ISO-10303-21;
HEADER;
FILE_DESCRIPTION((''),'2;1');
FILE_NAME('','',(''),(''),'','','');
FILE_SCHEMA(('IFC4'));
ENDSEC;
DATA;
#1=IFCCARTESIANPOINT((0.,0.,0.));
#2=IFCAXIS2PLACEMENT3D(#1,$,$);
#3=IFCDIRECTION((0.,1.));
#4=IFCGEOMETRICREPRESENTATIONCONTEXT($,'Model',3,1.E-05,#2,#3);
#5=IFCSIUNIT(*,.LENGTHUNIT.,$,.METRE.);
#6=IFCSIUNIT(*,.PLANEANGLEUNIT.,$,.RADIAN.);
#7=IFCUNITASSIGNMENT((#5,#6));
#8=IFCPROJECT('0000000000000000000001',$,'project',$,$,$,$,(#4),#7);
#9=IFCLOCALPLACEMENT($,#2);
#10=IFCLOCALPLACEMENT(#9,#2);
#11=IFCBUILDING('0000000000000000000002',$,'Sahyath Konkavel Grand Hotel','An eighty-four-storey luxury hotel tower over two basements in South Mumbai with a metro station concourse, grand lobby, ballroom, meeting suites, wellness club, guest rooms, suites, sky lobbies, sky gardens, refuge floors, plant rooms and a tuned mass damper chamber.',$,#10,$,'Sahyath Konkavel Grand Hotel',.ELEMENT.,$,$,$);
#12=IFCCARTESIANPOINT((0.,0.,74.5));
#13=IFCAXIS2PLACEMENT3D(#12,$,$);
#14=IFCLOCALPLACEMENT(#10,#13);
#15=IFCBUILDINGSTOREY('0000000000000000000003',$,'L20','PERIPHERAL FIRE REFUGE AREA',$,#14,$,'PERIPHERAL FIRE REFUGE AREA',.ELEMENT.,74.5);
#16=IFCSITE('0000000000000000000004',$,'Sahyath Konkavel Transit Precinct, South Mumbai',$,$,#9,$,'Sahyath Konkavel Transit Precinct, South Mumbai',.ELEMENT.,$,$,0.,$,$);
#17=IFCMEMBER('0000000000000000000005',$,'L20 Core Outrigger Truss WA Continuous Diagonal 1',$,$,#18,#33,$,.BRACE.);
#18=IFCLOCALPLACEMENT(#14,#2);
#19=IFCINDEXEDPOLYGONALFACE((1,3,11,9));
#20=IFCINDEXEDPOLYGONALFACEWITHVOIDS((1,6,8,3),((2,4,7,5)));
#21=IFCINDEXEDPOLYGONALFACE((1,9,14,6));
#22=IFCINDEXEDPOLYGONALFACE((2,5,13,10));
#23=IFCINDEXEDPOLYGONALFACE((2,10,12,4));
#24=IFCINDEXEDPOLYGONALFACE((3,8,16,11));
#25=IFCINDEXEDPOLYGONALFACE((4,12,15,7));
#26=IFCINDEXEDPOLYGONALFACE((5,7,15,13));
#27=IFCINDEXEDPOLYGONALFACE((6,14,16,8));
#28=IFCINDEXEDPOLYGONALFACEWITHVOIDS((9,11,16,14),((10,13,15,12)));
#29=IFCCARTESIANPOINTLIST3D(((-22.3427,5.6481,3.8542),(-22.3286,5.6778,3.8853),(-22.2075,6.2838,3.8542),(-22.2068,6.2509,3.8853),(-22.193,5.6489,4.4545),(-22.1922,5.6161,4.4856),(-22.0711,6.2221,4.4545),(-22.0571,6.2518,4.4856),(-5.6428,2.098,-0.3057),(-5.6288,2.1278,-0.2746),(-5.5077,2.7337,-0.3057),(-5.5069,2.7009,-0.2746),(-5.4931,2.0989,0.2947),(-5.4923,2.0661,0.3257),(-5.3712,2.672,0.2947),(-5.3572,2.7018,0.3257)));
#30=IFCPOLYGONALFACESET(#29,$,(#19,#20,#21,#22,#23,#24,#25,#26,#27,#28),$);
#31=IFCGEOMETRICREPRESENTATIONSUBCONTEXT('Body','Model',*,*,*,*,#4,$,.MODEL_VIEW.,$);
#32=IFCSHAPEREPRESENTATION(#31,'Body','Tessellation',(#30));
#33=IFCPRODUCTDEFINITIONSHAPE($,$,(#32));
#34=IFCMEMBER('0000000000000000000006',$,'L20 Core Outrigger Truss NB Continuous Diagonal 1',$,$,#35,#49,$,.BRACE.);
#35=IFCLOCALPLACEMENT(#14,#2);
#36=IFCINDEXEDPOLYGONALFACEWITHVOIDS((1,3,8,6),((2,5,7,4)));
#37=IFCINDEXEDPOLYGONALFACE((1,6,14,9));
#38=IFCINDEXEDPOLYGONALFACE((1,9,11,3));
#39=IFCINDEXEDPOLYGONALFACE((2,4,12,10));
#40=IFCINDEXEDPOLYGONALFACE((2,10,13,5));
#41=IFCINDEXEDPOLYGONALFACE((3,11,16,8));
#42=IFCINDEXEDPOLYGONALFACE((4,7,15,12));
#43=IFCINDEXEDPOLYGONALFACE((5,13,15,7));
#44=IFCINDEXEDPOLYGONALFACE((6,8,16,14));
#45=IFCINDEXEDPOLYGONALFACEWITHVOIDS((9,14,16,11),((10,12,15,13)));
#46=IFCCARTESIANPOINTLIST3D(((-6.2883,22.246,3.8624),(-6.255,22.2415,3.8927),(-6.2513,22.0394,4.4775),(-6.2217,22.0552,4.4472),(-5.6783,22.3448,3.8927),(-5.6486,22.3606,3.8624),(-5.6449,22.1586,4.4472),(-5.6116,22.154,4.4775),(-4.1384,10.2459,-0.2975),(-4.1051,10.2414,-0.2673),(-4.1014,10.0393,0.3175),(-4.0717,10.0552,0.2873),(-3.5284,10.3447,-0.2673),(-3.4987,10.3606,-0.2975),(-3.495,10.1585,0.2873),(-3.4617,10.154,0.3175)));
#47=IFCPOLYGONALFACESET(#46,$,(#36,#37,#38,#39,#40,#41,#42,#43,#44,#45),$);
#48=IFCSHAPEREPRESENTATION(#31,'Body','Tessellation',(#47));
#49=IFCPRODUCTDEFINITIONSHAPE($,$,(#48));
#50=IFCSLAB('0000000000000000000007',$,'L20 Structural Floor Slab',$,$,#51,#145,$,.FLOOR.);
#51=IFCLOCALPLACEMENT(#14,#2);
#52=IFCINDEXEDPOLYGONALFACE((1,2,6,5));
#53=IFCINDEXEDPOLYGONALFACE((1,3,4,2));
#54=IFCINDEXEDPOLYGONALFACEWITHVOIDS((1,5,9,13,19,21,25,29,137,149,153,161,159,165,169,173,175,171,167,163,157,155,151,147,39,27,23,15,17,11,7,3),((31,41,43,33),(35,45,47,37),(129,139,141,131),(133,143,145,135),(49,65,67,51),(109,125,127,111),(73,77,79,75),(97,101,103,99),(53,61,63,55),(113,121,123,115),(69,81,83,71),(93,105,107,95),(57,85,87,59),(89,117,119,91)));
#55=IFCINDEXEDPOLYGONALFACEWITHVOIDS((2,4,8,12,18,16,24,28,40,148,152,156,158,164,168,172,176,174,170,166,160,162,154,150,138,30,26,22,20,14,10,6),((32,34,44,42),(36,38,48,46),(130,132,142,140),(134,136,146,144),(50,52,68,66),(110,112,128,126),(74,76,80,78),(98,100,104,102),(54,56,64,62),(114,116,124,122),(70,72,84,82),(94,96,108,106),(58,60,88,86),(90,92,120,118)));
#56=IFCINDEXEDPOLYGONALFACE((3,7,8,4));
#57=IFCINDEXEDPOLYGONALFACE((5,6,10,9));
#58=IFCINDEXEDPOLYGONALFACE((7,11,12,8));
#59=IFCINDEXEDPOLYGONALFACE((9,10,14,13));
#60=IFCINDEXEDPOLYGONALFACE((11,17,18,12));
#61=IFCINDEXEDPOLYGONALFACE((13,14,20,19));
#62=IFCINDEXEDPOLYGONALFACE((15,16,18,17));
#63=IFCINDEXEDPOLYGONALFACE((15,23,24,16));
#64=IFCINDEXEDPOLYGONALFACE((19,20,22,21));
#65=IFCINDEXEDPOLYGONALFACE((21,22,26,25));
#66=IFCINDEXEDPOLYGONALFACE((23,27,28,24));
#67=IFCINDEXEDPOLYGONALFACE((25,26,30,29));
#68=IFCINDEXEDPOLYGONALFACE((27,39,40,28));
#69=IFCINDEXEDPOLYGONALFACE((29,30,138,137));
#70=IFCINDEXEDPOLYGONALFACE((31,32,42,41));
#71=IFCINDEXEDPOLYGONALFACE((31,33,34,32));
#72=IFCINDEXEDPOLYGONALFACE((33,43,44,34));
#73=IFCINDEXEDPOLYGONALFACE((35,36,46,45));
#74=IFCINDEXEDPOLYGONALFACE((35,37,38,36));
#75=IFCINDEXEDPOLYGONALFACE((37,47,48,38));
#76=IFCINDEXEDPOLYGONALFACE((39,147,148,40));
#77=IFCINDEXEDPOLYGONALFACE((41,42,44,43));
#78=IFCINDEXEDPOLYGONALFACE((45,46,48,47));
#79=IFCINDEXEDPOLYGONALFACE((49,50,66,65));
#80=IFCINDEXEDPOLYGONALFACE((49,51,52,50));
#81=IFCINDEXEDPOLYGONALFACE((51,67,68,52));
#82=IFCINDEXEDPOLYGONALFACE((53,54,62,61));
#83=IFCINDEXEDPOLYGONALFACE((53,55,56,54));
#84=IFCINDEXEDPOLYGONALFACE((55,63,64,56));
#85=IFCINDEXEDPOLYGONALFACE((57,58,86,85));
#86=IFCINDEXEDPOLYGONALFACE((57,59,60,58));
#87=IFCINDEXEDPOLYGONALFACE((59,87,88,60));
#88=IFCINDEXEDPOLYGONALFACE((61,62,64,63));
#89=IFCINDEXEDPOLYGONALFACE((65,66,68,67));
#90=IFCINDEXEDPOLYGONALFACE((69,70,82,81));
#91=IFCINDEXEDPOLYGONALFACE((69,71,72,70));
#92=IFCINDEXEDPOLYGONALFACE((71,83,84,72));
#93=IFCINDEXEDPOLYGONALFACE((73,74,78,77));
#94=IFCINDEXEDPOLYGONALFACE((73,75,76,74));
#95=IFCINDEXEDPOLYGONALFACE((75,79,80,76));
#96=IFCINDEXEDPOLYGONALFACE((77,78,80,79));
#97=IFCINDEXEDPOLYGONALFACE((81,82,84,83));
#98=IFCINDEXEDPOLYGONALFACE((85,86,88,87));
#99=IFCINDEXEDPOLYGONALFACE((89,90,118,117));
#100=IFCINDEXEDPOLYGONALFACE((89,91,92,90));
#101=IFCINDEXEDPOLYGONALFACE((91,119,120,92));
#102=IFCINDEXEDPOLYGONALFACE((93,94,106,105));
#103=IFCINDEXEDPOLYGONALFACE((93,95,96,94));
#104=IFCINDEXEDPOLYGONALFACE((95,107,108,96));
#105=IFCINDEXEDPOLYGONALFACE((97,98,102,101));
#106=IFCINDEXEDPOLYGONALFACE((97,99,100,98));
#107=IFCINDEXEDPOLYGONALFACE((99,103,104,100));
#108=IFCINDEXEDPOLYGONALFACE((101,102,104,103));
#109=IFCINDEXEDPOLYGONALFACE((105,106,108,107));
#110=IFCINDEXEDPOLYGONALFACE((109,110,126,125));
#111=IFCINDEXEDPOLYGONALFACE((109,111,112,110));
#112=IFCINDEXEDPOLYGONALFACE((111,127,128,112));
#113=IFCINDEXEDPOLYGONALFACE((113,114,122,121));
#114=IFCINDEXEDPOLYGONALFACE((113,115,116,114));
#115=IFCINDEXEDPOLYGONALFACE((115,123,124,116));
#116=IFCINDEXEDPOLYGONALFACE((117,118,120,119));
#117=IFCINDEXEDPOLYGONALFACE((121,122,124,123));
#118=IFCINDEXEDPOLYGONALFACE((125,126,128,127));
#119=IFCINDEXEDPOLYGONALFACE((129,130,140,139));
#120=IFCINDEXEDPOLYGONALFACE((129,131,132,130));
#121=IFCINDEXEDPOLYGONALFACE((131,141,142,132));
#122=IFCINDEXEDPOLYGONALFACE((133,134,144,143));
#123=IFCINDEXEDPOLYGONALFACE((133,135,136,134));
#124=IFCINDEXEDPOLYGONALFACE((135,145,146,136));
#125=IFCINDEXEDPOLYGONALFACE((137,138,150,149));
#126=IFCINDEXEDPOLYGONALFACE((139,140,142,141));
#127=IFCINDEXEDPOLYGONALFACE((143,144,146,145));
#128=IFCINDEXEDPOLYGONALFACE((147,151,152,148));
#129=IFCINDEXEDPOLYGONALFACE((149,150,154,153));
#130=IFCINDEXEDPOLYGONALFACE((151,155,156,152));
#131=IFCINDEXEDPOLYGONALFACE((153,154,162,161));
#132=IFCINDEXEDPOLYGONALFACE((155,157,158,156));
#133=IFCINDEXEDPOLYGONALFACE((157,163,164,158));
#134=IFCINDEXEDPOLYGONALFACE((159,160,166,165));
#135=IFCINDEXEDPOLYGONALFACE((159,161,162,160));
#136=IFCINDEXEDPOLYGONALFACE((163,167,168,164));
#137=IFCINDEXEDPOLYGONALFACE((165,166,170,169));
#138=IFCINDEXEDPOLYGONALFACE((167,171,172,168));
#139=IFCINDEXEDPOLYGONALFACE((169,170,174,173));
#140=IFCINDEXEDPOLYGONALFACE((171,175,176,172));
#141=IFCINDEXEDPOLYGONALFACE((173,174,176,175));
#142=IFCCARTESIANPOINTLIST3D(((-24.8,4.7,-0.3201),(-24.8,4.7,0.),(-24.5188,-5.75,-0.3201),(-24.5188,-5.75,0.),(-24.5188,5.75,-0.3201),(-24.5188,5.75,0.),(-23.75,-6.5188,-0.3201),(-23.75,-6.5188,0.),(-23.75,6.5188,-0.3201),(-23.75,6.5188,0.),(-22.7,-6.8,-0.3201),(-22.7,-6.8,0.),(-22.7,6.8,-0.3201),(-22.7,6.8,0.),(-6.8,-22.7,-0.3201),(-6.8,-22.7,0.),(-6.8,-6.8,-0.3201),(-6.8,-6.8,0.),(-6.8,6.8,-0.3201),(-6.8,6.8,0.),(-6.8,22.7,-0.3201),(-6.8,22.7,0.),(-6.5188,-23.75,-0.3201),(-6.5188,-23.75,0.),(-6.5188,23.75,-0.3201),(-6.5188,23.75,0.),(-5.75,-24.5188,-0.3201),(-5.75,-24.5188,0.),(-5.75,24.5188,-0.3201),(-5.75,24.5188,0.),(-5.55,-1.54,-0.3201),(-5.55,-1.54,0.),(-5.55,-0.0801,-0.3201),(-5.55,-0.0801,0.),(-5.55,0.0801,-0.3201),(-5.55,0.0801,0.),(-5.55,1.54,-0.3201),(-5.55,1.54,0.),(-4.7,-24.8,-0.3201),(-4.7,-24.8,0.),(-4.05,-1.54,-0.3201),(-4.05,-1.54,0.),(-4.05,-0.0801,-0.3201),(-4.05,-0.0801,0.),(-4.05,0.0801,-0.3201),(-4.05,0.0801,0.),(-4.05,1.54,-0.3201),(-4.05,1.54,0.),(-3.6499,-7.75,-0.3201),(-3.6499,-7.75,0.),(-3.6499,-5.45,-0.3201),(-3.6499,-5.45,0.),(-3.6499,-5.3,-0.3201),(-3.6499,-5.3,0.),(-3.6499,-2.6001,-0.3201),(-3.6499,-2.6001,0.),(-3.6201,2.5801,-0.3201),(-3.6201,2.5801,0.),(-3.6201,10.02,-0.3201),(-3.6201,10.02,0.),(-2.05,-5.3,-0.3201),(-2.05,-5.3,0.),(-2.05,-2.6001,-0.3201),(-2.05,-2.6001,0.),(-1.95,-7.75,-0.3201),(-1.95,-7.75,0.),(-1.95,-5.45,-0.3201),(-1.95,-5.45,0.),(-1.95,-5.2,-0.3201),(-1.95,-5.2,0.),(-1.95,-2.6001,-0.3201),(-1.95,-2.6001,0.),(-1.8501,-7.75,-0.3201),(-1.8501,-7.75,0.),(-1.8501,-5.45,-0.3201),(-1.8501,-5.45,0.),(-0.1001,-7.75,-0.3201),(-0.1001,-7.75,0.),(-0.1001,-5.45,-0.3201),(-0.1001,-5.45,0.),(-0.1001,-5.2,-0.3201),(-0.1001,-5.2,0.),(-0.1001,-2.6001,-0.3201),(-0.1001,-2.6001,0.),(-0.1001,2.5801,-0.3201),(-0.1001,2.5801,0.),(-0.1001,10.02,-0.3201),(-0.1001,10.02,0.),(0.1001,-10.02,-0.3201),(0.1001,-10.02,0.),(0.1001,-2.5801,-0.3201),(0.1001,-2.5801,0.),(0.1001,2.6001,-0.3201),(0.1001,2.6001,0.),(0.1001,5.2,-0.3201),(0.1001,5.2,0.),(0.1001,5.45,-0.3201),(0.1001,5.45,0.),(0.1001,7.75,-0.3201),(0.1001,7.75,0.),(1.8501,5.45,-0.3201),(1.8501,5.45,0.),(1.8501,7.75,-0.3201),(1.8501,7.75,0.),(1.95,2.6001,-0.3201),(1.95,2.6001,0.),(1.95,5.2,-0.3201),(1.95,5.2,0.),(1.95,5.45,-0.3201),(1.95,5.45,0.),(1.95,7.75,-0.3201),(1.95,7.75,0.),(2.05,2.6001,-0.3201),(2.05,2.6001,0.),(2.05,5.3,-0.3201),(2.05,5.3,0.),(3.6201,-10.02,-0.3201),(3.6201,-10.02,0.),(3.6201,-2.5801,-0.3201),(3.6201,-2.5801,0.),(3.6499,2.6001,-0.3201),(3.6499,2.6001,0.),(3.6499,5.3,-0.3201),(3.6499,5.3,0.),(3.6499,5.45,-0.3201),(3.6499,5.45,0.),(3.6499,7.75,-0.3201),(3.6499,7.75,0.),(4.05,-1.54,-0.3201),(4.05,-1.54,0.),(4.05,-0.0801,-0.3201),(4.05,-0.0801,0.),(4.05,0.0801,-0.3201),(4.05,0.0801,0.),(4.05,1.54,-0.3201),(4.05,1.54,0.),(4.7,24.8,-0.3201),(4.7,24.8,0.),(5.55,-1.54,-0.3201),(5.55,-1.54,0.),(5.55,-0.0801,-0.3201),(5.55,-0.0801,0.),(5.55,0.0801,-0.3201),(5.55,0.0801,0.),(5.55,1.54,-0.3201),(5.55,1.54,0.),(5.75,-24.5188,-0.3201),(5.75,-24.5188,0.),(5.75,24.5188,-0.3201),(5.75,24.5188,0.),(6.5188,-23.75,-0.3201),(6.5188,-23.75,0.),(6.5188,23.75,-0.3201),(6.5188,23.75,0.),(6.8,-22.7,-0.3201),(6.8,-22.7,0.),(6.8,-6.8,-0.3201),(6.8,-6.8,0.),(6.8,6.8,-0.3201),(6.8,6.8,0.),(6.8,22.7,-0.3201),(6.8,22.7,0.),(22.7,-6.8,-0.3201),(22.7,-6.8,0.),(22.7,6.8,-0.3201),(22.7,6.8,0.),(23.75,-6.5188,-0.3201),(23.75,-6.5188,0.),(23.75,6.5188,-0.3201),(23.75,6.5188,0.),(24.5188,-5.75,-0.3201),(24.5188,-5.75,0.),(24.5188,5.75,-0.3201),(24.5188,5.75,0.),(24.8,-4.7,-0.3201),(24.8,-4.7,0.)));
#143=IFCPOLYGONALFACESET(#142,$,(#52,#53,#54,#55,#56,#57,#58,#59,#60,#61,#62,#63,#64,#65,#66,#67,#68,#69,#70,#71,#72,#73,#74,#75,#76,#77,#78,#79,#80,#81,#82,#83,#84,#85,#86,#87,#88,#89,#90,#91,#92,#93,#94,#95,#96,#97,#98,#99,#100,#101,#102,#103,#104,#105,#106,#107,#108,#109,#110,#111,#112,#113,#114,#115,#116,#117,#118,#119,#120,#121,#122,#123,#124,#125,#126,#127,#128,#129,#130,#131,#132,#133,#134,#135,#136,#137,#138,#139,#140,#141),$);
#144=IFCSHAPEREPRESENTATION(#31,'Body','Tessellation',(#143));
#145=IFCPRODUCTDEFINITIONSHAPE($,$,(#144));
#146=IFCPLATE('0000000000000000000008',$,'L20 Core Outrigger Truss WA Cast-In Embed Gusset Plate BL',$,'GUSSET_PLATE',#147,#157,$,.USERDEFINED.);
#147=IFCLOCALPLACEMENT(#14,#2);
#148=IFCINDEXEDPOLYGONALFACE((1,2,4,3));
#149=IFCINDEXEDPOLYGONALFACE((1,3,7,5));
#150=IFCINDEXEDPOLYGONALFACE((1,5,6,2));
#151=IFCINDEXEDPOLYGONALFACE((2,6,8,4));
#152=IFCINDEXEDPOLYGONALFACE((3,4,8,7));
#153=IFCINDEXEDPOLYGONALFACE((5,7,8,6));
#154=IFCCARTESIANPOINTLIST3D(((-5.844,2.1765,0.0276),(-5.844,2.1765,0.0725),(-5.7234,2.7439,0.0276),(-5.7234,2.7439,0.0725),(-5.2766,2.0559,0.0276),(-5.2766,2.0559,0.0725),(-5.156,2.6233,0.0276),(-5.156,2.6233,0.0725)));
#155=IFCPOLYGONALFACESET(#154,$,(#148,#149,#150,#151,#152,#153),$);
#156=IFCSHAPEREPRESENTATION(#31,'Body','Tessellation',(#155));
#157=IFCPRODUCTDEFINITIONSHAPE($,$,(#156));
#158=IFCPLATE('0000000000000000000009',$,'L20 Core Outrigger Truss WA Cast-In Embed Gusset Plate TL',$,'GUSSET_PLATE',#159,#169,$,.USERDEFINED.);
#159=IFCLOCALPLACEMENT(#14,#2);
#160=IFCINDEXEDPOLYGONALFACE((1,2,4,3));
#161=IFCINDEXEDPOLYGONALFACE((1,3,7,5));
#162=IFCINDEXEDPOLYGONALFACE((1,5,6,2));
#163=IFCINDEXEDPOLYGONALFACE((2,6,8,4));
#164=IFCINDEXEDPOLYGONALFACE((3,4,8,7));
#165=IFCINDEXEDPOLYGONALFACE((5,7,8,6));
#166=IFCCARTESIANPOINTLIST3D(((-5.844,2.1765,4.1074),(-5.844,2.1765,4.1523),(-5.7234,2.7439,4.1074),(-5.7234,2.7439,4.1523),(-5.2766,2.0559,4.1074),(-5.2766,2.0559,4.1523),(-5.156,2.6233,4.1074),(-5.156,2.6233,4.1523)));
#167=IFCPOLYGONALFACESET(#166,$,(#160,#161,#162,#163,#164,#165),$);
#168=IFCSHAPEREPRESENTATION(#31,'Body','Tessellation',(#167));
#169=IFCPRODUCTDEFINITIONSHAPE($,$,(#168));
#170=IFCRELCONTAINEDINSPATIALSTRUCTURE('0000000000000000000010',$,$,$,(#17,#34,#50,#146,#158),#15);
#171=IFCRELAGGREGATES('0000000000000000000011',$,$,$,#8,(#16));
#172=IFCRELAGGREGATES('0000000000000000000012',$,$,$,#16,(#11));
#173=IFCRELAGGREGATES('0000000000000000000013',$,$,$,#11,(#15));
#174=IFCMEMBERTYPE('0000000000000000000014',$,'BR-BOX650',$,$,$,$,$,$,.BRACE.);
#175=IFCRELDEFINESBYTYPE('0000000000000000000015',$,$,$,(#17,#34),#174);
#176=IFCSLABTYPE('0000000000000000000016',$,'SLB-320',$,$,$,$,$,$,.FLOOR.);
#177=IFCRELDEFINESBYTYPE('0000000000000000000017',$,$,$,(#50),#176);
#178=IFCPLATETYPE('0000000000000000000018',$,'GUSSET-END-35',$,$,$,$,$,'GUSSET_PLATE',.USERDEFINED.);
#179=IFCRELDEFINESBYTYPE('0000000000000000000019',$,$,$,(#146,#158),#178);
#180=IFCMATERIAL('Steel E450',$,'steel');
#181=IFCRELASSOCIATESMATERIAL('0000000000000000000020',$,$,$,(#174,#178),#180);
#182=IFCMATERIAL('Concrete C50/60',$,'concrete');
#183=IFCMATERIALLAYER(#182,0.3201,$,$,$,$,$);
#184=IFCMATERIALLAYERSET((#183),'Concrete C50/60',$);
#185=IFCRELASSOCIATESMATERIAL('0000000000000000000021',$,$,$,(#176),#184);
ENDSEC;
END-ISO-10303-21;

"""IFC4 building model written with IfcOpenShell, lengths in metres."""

from ifc_helpers import new_model, si_unit, direction, frame, origin, origin_2d, place, context, subcontext, project, spatial, polyline, rectangle, hollow_rectangle, outline, extrude, source, transform, mapped, material, layer, layer_set, material_profile, profile_set, type_object, element, save


model = new_model("IFC4")

# Units and contexts
model_context = context("Model", 3, precision=1e-05, world=origin(), true_north=direction((0.0, 1.0)))
body_context = subcontext(model_context, "Body", "Model", "MODEL_VIEW")
ifc_project = project(units=[si_unit("LENGTHUNIT", "METRE"), si_unit("PLANEANGLEUNIT", "RADIAN")], contexts=[model_context])

# Site, building, storey
site_placement = place(None, origin())
site = spatial("IfcSite", under=ifc_project, at=site_placement, Name="Sahyath Konkavel Transit Precinct, South Mumbai", LongName="Sahyath Konkavel Transit Precinct, South Mumbai", CompositionType="ELEMENT", RefElevation=0.0)
building_placement = place(site_placement, origin())
building = spatial("IfcBuilding", under=site, at=building_placement, Name="Sahyath Konkavel Grand Hotel", Description="An eighty-four-storey luxury hotel tower over two basements in South Mumbai with a metro station concourse, grand lobby, ballroom, meeting suites, wellness club, guest rooms, suites, sky lobbies, sky gardens, refuge floors, plant rooms and a tuned mass damper chamber.", LongName="Sahyath Konkavel Grand Hotel", CompositionType="ELEMENT")
storey_placement = place(building_placement, frame((0.0, 0.0, 74.5)))
storey = spatial("IfcBuildingStorey", under=building, at=storey_placement, Name="L20", Description="PERIPHERAL FIRE REFUGE AREA", LongName="PERIPHERAL FIRE REFUGE AREA", CompositionType="ELEMENT", Elevation=74.5)

# Shared definitions
ifc_material_1 = material(Name="Steel E450", Category="steel")

# Members
ifc_material_profile_1 = material_profile(ifc_material_1, hollow_rectangle(XDim=0.6499, YDim=0.6499, WallThickness=0.032, at=origin_2d()), Name="BOX 650x650x32")
ifc_profile_set_1 = profile_set([ifc_material_profile_1], Name="Steel E450")
member_type = type_object("IfcMemberType", Name="BR-BOX650", PredefinedType="BRACE", material=ifc_profile_set_1)
shared_shape_1 = source(origin(), body_context, "Body", "SweptSolid", [
    extrude(hollow_rectangle(XDim=0.6499, YDim=0.6499, WallThickness=0.032, at=origin_2d()), origin(), (0.0, 0.0, 1.0), 17.5725),
])
member_1_placement = place(storey_placement, frame((-5.5, 2.3999, 0.01), z_axis=(-0.950341, 0.202022, 0.236727), x_axis=(-0.207932, -0.978143, 0.0)))
element("IfcMember", 1, at=member_1_placement, inside=storey, type_object=member_type, Name="L20 Core Outrigger Truss WA Continuous Diagonal 1", PredefinedType="BRACE", context=body_context, shape_type="MappedRepresentation", body=[
    mapped(shared_shape_1, transform((0.0, 0.0, 0.0), scale=1.0)),
])
shared_shape_2 = source(origin(), body_context, "Body", "SweptSolid", [
    extrude(hollow_rectangle(XDim=0.6499, YDim=0.6499, WallThickness=0.032, at=origin_2d()), origin(), (0.0, 0.0, 1.0), 12.8813),
])
member_2_placement = place(storey_placement, frame((-3.8, 10.2, 0.01), z_axis=(-0.166902, 0.931586, 0.322943), x_axis=(-0.984327, -0.176351, 0.0)))
element("IfcMember", 2, at=member_2_placement, inside=storey, type_object=member_type, Name="L20 Core Outrigger Truss NB Continuous Diagonal 1", PredefinedType="BRACE", context=body_context, shape_type="MappedRepresentation", body=[
    mapped(shared_shape_2, transform((0.0, 0.0, 0.0), scale=1.0)),
])

# Slab
ifc_material_2 = material(Name="Concrete C50/60", Category="concrete")
ifc_layer_1 = layer(ifc_material_2, 0.3201)
ifc_layer_set_1 = layer_set([ifc_layer_1], Name="Concrete C50/60")
slab_type = type_object("IfcSlabType", Name="SLB-320", PredefinedType="FLOOR", material=ifc_layer_set_1)
slab_placement = place(storey_placement, frame((0.0, 0.0, -0.3201)))
element("IfcSlab", 3, at=slab_placement, inside=storey, type_object=slab_type, Name="L20 Structural Floor Slab", PredefinedType="FLOOR", context=body_context, shape_type="SweptSolid", body=[
    extrude(outline(polyline([(6.8, -6.8), (22.7, -6.8), (23.75, -6.5188), (24.5188, -5.75), (24.8, -4.7), (24.5188, 5.75), (23.75, 6.5188), (22.7, 6.8), (6.8, 6.8), (6.8, 22.7), (6.5188, 23.75), (5.75, 24.5188), (4.7, 24.8), (-5.75, 24.5188), (-6.5188, 23.75), (-6.8, 22.7), (-6.8, 6.8), (-22.7, 6.8), (-23.75, 6.5188), (-24.5188, 5.75), (-24.8, 4.7), (-24.5188, -5.75), (-23.75, -6.5188), (-22.7, -6.8), (-6.8, -6.8), (-6.8, -22.7), (-6.5188, -23.75), (-5.75, -24.5188), (-4.7, -24.8), (5.75, -24.5188), (6.5188, -23.75), (6.8, -22.7), (6.8, -6.8)]), holes=[polyline([(-3.6201, 2.5801), (-0.1001, 2.5801), (-0.1001, 10.02), (-3.6201, 10.02), (-3.6201, 2.5801)]), polyline([(0.1001, -10.02), (3.6201, -10.02), (3.6201, -2.5801), (0.1001, -2.5801), (0.1001, -10.02)]), polyline([(0.1001, 2.6001), (1.95, 2.6001), (1.95, 5.2), (0.1001, 5.2), (0.1001, 2.6001)]), polyline([(-1.95, -5.2), (-0.1001, -5.2), (-0.1001, -2.6001), (-1.95, -2.6001), (-1.95, -5.2)]), polyline([(2.05, 2.6001), (3.6499, 2.6001), (3.6499, 5.3), (2.05, 5.3), (2.05, 2.6001)]), polyline([(-3.6499, -5.3), (-2.05, -5.3), (-2.05, -2.6001), (-3.6499, -2.6001), (-3.6499, -5.3)]), polyline([(0.1001, 5.45), (1.8501, 5.45), (1.8501, 7.75), (0.1001, 7.75), (0.1001, 5.45)]), polyline([(1.95, 5.45), (3.6499, 5.45), (3.6499, 7.75), (1.95, 7.75), (1.95, 5.45)]), polyline([(-3.6499, -7.75), (-1.95, -7.75), (-1.95, -5.45), (-3.6499, -5.45), (-3.6499, -7.75)]), polyline([(-1.8501, -7.75), (-0.1001, -7.75), (-0.1001, -5.45), (-1.8501, -5.45), (-1.8501, -7.75)]), polyline([(4.05, 0.0801), (5.55, 0.0801), (5.55, 1.54), (4.05, 1.54), (4.05, 0.0801)]), polyline([(4.05, -1.54), (5.55, -1.54), (5.55, -0.0801), (4.05, -0.0801), (4.05, -1.54)]), polyline([(-5.55, 0.0801), (-4.05, 0.0801), (-4.05, 1.54), (-5.55, 1.54), (-5.55, 0.0801)]), polyline([(-5.55, -1.54), (-4.05, -1.54), (-4.05, -0.0801), (-5.55, -0.0801), (-5.55, -1.54)])]), origin(), (0.0, 0.0, 1.0), 0.3201),
])

# Plates
plate_type = type_object("IfcPlateType", Name="GUSSET-END-35", ElementType="GUSSET_PLATE", PredefinedType="USERDEFINED", material=ifc_material_1)
shared_shape_3 = source(origin(), body_context, "Body", "SweptSolid", [
    extrude(rectangle(XDim=0.5801, YDim=0.5801, at=origin_2d()), origin(), (0.0, 0.0, 1.0), 0.0449),
])
for number, where, z_axis, x_axis, name in (
    (4, (-5.5, 2.3999, 0.0276), (0.0, 0.0, 1.0), (-0.978144, 0.207929, 0.0), "L20 Core Outrigger Truss WA Cast-In Embed Gusset Plate BL"),
    (5, (-5.5, 2.3999, 4.1074), (0.0, 0.0, 1.0), (-0.978144, 0.207929, 0.0), "L20 Core Outrigger Truss WA Cast-In Embed Gusset Plate TL"),
):
    element("IfcPlate", number, at=place(storey_placement, frame(where, z_axis=z_axis, x_axis=x_axis)), inside=storey, type_object=plate_type, Name=name, ObjectType="GUSSET_PLATE", PredefinedType="USERDEFINED", context=body_context, shape_type="MappedRepresentation", body=[
        mapped(shared_shape_3, transform((0.0, 0.0, 0.0), scale=1.0)),
    ])

save(model, "model.ifc")
